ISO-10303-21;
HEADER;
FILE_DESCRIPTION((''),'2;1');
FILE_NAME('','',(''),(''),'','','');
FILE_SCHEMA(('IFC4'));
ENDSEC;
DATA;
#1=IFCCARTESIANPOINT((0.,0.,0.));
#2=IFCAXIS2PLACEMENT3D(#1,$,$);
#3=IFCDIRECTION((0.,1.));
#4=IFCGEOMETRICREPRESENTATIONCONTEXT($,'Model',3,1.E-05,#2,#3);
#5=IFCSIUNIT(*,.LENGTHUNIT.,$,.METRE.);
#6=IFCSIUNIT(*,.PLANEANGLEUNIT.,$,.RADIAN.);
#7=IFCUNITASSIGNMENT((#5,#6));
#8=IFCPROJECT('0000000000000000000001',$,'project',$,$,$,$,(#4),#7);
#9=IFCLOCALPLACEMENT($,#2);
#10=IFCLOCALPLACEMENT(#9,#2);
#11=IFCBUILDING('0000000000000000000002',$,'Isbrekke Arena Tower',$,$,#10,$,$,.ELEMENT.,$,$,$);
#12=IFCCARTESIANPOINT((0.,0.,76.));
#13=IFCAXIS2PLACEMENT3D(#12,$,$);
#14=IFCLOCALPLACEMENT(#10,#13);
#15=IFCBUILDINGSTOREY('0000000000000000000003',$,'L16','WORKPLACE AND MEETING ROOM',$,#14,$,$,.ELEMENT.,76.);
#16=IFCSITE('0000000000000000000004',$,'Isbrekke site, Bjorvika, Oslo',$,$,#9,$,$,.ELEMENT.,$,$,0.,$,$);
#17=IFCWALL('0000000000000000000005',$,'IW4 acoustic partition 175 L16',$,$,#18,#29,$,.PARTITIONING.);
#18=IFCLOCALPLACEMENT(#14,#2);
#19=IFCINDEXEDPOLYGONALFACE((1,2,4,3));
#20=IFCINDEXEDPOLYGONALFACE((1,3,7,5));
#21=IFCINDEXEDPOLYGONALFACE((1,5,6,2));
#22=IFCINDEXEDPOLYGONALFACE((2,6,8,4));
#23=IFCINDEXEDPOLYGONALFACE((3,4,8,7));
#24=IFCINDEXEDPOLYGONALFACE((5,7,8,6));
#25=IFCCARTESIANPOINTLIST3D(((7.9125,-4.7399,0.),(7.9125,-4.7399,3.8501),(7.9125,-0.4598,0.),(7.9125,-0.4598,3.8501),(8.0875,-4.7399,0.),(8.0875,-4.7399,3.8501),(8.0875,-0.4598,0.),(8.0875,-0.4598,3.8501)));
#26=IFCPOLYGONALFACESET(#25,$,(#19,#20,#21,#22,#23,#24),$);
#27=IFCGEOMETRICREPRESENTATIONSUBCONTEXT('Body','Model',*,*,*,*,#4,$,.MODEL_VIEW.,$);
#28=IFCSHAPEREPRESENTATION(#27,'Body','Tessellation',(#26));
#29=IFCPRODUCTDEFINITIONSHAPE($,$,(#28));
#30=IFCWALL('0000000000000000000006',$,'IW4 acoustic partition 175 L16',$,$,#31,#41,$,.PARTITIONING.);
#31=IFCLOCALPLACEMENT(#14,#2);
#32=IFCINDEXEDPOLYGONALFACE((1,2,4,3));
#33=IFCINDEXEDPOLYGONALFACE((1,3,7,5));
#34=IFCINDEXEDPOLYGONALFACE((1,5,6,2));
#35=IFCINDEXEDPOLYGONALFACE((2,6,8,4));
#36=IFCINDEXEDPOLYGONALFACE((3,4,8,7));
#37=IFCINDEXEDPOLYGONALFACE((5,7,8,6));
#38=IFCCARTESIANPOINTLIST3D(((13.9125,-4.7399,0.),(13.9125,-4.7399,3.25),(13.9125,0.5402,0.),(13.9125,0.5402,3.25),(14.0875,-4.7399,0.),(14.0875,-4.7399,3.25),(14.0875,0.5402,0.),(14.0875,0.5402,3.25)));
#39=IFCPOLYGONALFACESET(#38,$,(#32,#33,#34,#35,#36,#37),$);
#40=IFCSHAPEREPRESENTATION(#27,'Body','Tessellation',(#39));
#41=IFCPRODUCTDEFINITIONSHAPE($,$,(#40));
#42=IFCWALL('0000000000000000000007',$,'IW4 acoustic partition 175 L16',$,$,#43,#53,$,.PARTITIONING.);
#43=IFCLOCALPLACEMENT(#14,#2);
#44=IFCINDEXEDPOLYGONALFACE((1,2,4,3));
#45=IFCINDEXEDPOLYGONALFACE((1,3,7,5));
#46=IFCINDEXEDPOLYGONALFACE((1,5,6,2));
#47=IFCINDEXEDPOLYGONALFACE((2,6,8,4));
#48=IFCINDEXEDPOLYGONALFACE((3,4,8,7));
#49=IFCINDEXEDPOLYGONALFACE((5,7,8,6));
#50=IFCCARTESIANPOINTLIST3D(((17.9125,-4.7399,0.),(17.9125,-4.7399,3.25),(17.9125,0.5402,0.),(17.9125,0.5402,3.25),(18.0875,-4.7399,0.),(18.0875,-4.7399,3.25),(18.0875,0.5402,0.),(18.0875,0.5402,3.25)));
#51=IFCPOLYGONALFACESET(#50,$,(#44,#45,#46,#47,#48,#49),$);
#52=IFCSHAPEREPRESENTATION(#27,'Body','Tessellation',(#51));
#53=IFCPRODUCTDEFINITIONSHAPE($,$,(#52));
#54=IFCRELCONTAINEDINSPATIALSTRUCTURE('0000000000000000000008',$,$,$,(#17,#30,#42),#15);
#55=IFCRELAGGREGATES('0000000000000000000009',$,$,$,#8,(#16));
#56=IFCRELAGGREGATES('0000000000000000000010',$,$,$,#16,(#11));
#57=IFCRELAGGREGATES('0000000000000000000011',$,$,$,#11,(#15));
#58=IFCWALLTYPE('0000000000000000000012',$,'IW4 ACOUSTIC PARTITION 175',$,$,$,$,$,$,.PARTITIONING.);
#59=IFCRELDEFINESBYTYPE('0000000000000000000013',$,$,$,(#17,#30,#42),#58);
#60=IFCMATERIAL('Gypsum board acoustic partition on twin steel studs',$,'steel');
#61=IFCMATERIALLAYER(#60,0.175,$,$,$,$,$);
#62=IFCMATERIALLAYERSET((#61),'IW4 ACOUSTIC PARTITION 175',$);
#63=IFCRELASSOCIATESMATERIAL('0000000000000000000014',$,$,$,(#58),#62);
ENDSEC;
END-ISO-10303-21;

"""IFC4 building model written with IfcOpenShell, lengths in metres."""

from ifc_helpers import new_model, si_unit, direction, frame, frame_2d, origin, place, context, subcontext, project, spatial, rectangle, extrude, material, layer, layer_set, type_object, element, save


model = new_model("IFC4")

# Units and contexts
model_context = context("Model", 3, precision=1e-05, world=origin(), true_north=direction((0.0, 1.0)))
body_context = subcontext(model_context, "Body", "Model", "MODEL_VIEW")
ifc_project = project(units=[si_unit("LENGTHUNIT", "METRE"), si_unit("PLANEANGLEUNIT", "RADIAN")], contexts=[model_context])

# Site, building, storey
site_placement = place(None, origin())
site = spatial("IfcSite", under=ifc_project, at=site_placement, Name="Isbrekke site, Bjorvika, Oslo", CompositionType="ELEMENT", RefElevation=0.0)
building_placement = place(site_placement, origin())
building = spatial("IfcBuilding", under=site, at=building_placement, Name="Isbrekke Arena Tower", CompositionType="ELEMENT")
storey_placement = place(building_placement, frame((0.0, 0.0, 76.0)))
storey = spatial("IfcBuildingStorey", under=building, at=storey_placement, Name="L16", Description="WORKPLACE AND MEETING ROOM", CompositionType="ELEMENT", Elevation=76.0)

# Walls
ifc_material_1 = material(Name="Gypsum board acoustic partition on twin steel studs", Category="steel")
ifc_layer_1 = layer(ifc_material_1, 0.175)
ifc_layer_set_1 = layer_set([ifc_layer_1], Name="IW4 ACOUSTIC PARTITION 175")
wall_type_1 = type_object("IfcWallType", Name="IW4 ACOUSTIC PARTITION 175", PredefinedType="PARTITIONING", material=ifc_layer_set_1)
for number, where, z_axis, x_axis, name in (
    (1, (8.0, -4.74, 0.0), (0.0, 0.0, 1.0), (0.0, 1.0, 0.0), "IW4 acoustic partition 175 L16"),
):
    element("IfcWall", number, at=place(storey_placement, frame(where, z_axis=z_axis, x_axis=x_axis)), inside=storey, type_object=wall_type_1, Name=name, PredefinedType="PARTITIONING", context=body_context, shape_type="SweptSolid", body=[
        extrude(rectangle(XDim=4.28, YDim=0.175, at=frame_2d((2.1401, 0.0))), origin(), (0.0, 0.0, 1.0), 3.8501),
    ])
for number, where, z_axis, x_axis, name in (
    (2, (14.0, -4.74, 0.0), (0.0, 0.0, 1.0), (0.0, 1.0, 0.0), "IW4 acoustic partition 175 L16"),
    (3, (18.0, -4.74, 0.0), (0.0, 0.0, 1.0), (0.0, 1.0, 0.0), "IW4 acoustic partition 175 L16"),
):
    element("IfcWall", number, at=place(storey_placement, frame(where, z_axis=z_axis, x_axis=x_axis)), inside=storey, type_object=wall_type_1, Name=name, PredefinedType="PARTITIONING", context=body_context, shape_type="SweptSolid", body=[
        extrude(rectangle(XDim=5.28, YDim=0.175, at=frame_2d((2.6401, 0.0))), origin(), (0.0, 0.0, 1.0), 3.25),
    ])

save(model, "model.ifc")
